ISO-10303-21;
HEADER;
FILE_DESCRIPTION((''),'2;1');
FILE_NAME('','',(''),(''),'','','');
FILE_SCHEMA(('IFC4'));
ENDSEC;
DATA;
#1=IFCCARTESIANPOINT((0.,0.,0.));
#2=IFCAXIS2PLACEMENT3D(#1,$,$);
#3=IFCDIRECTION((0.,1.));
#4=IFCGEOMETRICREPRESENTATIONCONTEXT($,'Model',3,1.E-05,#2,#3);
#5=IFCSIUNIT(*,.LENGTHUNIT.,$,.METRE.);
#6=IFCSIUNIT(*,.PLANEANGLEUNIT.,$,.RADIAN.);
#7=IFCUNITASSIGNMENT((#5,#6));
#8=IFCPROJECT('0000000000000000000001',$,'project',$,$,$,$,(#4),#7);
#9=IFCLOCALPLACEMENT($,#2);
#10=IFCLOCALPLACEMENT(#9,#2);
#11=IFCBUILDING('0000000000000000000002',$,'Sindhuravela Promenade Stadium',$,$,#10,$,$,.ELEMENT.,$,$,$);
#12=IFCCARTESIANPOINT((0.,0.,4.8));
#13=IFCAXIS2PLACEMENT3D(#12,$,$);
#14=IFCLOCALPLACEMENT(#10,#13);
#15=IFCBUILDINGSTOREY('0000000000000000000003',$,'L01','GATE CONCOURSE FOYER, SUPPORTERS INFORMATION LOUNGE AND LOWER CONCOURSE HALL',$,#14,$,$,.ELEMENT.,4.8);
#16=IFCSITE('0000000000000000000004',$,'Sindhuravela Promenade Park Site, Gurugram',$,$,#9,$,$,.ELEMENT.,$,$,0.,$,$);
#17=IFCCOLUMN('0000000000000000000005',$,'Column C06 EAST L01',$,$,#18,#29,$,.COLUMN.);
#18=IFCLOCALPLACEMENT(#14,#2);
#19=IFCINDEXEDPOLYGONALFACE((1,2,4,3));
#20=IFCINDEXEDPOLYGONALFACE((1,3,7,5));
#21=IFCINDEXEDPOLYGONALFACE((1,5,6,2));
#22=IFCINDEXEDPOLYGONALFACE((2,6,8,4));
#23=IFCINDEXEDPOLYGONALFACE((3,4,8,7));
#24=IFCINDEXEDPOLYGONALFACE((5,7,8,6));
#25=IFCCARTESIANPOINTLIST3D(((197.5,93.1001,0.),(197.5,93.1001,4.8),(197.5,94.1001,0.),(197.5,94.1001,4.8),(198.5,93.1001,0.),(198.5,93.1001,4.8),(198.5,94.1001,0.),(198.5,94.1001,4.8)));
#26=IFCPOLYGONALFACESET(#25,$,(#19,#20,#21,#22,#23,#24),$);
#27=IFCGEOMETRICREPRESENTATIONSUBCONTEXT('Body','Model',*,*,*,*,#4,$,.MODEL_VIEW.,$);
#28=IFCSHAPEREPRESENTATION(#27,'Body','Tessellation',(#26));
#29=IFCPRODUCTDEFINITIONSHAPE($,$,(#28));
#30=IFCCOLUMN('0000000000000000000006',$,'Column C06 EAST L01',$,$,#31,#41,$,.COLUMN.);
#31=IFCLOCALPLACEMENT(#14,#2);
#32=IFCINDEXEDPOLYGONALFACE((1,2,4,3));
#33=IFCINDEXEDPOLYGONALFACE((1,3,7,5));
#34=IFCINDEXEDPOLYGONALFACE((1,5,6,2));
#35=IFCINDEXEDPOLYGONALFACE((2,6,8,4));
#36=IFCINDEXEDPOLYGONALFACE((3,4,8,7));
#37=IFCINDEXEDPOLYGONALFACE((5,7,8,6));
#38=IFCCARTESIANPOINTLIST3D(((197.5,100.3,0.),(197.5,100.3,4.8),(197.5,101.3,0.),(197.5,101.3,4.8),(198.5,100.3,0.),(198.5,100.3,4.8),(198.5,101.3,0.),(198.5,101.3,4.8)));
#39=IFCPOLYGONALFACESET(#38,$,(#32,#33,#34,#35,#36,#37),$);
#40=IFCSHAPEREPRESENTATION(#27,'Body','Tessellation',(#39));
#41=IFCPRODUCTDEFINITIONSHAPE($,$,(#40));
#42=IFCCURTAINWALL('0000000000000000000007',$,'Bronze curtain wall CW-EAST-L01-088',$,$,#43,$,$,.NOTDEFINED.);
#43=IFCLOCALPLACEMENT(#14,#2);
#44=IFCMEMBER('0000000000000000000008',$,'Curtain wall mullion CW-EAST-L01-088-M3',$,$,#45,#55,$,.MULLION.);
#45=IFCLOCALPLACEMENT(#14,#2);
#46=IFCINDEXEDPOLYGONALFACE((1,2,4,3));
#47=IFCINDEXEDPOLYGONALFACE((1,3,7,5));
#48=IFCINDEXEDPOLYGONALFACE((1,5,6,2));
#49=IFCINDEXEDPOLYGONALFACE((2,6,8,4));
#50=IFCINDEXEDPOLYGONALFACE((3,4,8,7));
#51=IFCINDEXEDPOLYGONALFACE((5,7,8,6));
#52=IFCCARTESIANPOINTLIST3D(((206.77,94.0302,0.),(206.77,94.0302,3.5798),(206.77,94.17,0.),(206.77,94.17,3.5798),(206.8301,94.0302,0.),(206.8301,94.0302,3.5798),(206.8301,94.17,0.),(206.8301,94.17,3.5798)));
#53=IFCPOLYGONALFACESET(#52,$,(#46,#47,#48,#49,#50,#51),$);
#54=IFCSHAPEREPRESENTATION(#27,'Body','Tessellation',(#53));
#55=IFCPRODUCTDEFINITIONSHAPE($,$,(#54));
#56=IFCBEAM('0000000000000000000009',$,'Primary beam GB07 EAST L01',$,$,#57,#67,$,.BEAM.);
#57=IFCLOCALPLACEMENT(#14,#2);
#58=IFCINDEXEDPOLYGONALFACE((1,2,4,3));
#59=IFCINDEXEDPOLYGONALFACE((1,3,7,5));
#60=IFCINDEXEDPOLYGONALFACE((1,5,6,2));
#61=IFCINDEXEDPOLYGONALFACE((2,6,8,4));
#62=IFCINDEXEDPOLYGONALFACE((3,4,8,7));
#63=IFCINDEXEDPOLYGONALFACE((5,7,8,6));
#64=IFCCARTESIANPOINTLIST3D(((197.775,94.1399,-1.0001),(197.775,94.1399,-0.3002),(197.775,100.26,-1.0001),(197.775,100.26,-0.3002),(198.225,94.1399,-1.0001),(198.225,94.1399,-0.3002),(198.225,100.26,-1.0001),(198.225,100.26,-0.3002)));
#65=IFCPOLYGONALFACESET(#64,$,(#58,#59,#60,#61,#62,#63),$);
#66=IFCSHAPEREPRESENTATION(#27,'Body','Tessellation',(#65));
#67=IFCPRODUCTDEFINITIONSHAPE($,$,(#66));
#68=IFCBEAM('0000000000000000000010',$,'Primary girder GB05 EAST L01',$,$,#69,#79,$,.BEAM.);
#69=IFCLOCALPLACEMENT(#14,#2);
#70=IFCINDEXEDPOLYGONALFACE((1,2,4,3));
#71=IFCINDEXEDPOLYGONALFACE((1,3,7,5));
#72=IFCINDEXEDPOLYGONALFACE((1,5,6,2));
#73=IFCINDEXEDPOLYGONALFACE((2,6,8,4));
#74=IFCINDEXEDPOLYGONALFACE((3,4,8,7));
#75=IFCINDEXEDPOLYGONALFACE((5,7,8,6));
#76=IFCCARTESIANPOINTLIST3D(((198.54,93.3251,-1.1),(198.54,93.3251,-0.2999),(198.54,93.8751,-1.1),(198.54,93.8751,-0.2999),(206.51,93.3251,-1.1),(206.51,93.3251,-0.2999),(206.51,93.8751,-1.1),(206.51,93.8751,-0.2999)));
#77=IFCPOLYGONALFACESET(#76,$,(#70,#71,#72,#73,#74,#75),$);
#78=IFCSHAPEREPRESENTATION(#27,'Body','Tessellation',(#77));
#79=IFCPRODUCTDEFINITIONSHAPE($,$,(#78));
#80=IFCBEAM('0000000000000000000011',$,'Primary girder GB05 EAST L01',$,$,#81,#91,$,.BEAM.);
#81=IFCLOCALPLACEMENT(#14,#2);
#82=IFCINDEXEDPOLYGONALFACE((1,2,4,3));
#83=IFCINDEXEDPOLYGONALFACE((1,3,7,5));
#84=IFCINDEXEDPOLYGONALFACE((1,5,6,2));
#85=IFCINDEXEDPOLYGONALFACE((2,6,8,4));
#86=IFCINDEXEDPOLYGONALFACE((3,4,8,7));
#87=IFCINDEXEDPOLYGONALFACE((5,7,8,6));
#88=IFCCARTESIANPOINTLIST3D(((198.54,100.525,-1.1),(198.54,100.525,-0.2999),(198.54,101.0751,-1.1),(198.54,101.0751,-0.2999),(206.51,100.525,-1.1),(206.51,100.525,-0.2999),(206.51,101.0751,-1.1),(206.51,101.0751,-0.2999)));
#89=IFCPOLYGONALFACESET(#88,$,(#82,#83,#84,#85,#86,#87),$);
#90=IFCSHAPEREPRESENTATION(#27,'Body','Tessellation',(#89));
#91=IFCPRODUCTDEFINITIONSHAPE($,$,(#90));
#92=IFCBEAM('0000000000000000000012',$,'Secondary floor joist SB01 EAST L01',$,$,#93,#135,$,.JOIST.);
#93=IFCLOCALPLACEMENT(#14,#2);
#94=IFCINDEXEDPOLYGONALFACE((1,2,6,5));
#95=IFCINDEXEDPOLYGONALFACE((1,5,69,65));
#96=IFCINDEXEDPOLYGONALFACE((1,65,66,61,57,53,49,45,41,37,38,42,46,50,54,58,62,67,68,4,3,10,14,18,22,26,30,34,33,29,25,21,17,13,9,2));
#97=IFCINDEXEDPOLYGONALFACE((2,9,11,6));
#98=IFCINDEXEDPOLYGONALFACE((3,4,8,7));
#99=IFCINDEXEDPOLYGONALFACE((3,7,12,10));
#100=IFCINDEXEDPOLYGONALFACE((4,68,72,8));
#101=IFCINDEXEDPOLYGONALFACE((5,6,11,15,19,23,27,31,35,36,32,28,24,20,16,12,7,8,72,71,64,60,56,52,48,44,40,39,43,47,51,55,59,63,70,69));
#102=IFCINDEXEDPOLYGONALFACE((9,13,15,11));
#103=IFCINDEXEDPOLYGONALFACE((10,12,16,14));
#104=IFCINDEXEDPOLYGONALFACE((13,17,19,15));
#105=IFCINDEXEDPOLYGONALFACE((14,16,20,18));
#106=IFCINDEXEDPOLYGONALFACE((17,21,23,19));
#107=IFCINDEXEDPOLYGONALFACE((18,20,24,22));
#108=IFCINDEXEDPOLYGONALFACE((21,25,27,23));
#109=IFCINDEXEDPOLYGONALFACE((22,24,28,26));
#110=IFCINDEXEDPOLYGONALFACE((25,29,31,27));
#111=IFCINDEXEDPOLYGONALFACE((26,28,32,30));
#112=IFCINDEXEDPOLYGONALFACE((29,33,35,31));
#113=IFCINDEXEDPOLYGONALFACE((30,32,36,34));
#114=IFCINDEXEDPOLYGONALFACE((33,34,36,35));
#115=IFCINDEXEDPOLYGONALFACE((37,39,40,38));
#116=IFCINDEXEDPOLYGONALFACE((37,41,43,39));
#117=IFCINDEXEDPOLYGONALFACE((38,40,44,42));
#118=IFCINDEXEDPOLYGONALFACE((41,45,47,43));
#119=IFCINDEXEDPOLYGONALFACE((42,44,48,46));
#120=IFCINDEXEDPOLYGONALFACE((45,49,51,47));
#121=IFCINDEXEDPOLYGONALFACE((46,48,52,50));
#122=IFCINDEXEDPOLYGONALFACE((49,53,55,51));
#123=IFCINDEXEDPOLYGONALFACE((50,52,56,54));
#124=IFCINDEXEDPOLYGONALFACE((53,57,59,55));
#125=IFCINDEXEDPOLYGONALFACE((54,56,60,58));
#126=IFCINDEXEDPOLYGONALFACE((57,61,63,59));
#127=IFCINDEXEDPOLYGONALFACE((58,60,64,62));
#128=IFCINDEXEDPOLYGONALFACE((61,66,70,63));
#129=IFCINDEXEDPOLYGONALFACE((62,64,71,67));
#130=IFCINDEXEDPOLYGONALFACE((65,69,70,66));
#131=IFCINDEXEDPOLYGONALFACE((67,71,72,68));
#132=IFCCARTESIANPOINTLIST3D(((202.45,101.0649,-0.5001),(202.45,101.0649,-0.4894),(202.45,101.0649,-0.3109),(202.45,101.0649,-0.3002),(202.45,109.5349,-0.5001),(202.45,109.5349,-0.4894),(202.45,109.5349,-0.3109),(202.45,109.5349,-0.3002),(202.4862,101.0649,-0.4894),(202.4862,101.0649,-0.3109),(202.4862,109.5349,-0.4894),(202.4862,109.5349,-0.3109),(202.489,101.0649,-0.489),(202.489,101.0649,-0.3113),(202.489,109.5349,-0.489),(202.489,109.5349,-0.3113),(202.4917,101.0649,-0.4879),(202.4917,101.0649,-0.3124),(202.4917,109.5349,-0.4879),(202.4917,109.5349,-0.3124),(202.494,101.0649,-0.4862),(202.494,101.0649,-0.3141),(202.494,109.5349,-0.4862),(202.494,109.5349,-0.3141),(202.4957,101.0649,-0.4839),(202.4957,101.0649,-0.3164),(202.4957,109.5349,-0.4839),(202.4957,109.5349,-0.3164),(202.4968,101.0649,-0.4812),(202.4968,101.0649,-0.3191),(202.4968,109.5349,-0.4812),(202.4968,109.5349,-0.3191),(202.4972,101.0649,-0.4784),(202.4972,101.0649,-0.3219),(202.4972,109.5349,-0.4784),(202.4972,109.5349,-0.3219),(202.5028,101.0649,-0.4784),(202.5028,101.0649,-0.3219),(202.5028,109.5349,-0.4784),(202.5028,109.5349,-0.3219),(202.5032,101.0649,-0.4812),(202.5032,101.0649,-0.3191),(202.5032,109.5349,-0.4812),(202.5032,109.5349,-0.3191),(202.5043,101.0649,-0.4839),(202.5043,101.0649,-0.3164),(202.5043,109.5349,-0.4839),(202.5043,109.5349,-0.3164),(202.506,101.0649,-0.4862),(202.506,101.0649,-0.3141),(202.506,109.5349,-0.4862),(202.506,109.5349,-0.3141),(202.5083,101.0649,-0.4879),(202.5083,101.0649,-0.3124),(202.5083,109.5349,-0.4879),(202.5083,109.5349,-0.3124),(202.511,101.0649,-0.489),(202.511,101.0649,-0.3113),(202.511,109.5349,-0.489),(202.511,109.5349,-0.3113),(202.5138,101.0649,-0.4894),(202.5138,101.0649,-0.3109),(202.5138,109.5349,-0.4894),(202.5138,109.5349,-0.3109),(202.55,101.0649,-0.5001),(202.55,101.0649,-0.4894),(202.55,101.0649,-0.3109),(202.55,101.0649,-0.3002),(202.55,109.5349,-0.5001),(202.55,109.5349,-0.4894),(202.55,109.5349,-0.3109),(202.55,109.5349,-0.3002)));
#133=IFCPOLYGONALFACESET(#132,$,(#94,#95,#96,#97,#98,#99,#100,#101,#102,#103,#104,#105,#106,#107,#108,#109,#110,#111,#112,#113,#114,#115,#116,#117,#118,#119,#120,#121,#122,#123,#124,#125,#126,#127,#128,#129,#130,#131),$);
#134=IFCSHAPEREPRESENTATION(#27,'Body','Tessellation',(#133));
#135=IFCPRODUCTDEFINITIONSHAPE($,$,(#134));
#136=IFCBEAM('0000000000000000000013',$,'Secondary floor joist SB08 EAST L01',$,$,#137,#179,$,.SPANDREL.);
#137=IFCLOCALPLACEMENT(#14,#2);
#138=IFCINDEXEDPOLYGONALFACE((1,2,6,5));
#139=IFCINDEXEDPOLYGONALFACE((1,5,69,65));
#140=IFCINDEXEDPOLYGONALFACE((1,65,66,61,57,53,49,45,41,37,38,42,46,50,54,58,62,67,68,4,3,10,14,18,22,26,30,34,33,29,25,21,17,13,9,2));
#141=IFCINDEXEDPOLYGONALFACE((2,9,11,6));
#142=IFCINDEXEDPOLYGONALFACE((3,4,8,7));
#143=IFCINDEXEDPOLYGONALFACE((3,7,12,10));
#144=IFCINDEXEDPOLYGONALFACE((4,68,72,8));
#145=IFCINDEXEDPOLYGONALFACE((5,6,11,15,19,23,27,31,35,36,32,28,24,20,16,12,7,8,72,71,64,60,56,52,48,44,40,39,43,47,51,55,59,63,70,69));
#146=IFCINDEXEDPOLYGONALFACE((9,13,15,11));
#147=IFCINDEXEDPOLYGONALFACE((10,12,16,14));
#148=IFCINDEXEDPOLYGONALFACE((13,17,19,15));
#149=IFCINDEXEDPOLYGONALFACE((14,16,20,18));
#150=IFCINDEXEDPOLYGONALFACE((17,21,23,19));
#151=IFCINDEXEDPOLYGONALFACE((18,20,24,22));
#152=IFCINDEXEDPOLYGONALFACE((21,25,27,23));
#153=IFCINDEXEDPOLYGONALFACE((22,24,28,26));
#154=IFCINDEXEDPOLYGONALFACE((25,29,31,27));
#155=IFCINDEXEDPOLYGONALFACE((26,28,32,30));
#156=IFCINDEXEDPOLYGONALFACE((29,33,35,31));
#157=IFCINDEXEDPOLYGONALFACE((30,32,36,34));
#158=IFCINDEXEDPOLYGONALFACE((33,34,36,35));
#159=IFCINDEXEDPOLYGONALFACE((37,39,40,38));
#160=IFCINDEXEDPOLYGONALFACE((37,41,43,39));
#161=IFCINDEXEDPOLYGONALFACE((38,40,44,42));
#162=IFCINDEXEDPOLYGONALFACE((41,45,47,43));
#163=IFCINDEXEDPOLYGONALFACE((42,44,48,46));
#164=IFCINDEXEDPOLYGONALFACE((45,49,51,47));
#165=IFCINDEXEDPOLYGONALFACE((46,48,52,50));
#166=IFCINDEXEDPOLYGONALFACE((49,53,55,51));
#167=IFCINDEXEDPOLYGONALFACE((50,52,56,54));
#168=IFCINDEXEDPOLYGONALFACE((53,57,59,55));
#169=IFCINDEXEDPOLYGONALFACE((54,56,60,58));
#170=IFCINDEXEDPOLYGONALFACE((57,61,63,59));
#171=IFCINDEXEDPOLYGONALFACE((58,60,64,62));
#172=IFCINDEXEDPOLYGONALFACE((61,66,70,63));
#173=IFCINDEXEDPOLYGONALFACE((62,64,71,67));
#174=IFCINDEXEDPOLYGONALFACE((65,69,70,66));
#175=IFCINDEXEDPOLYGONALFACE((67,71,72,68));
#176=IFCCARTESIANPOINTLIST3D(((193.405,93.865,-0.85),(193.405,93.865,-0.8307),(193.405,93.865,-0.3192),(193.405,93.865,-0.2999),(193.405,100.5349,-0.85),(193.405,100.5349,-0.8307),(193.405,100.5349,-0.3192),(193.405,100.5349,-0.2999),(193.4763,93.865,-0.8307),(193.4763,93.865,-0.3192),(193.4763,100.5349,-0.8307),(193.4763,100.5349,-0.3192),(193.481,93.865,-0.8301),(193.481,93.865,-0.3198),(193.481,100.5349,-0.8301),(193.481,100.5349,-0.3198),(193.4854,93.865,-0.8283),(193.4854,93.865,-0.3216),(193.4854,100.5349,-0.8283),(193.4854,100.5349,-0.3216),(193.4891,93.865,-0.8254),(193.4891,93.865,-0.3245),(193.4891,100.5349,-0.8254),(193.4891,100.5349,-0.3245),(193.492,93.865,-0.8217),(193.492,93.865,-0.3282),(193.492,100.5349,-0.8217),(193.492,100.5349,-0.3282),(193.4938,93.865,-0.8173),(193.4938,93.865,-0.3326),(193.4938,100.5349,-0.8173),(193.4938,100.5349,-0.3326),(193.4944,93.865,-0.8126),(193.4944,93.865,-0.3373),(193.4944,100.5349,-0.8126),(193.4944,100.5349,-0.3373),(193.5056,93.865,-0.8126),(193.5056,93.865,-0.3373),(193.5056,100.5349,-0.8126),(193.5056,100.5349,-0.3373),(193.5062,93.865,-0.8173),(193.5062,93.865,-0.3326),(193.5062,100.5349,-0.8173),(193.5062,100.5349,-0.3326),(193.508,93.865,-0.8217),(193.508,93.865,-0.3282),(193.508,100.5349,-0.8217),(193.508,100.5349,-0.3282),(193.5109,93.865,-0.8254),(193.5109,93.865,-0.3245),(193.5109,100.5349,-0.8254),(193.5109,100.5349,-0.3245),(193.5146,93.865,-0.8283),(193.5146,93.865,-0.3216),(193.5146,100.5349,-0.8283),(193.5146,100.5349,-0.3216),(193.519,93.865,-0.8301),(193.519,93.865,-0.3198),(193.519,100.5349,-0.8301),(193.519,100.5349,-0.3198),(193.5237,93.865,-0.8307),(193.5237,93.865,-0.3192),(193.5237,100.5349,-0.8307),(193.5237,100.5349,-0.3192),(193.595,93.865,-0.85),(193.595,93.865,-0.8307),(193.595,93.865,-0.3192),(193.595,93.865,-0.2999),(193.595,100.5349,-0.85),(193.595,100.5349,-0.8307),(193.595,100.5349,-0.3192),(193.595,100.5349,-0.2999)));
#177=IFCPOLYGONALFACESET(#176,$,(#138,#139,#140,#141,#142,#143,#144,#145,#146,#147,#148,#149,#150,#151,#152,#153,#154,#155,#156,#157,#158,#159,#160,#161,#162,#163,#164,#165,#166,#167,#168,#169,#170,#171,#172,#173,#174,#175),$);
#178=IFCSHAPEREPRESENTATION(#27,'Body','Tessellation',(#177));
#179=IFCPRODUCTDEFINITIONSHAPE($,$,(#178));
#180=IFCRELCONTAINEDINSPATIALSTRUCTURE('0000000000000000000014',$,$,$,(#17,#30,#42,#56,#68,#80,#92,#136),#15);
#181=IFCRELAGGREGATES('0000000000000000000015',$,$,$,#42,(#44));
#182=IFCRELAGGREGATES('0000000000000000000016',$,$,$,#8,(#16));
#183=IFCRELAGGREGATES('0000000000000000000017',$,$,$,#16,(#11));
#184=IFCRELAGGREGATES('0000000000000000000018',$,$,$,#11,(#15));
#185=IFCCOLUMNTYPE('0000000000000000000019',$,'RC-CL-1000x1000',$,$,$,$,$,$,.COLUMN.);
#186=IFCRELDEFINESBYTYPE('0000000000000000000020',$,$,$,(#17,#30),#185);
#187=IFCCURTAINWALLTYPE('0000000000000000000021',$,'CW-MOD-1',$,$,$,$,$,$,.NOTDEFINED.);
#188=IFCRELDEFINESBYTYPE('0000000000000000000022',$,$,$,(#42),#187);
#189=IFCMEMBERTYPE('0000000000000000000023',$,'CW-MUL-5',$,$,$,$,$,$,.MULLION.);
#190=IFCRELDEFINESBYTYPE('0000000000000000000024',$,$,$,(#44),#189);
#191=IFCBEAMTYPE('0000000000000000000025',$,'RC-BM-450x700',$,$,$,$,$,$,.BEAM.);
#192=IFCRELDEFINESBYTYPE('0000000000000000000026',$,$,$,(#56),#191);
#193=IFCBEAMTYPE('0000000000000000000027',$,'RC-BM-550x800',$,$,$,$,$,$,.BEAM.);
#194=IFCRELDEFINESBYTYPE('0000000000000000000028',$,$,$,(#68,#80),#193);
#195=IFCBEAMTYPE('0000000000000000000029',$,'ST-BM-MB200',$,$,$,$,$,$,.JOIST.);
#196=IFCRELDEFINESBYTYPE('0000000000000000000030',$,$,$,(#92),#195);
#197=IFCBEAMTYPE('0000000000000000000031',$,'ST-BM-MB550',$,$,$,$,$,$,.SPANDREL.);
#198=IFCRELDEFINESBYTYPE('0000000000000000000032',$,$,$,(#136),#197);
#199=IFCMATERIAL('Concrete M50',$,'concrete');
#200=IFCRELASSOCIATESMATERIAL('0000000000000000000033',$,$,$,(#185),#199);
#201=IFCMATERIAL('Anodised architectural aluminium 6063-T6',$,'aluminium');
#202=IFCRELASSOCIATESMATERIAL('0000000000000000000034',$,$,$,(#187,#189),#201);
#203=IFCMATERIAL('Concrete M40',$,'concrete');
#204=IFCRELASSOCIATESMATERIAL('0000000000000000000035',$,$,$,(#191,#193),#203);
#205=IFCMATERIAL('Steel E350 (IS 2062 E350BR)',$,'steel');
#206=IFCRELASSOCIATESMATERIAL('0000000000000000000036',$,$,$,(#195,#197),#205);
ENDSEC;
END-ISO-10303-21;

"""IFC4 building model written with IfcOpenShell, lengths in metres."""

from ifc_helpers import new_model, si_unit, direction, frame, origin, origin_2d, place, context, subcontext, project, spatial, rectangle, i_section, extrude, material, material_profile, profile_set, type_object, element, aggregate, save


model = new_model("IFC4")

# Units and contexts
model_context = context("Model", 3, precision=1e-05, world=origin(), true_north=direction((0.0, 1.0)))
body_context = subcontext(model_context, "Body", "Model", "MODEL_VIEW")
ifc_project = project(units=[si_unit("LENGTHUNIT", "METRE"), si_unit("PLANEANGLEUNIT", "RADIAN")], contexts=[model_context])

# Site, building, storey
site_placement = place(None, origin())
site = spatial("IfcSite", under=ifc_project, at=site_placement, Name="Sindhuravela Promenade Park Site, Gurugram", CompositionType="ELEMENT", RefElevation=0.0)
building_placement = place(site_placement, origin())
building = spatial("IfcBuilding", under=site, at=building_placement, Name="Sindhuravela Promenade Stadium", CompositionType="ELEMENT")
storey_placement = place(building_placement, frame((0.0, 0.0, 4.8)))
storey = spatial("IfcBuildingStorey", under=building, at=storey_placement, Name="L01", Description="GATE CONCOURSE FOYER, SUPPORTERS INFORMATION LOUNGE AND LOWER CONCOURSE HALL", CompositionType="ELEMENT", Elevation=4.8)

# Columns
ifc_material_1 = material(Name="Concrete M50", Category="concrete")
ifc_material_profile_1 = material_profile(ifc_material_1, rectangle(XDim=1.0, YDim=1.0, at=origin_2d()), Name="RC 1000x1000")
ifc_profile_set_1 = profile_set([ifc_material_profile_1], Name="Concrete M50")
column_type = type_object("IfcColumnType", Name="RC-CL-1000x1000", PredefinedType="COLUMN", material=ifc_profile_set_1)
for number, where, z_axis, x_axis, name in (
    (1, (198.0, 93.6001, 0.0), (0.0, 0.0, 1.0), (1.0, 0.0, 0.0), "Column C06 EAST L01"),
    (2, (198.0, 100.8, 0.0), (0.0, 0.0, 1.0), (1.0, 0.0, 0.0), "Column C06 EAST L01"),
):
    element("IfcColumn", number, at=place(storey_placement, frame(where, z_axis=z_axis, x_axis=x_axis)), inside=storey, type_object=column_type, Name=name, PredefinedType="COLUMN", context=body_context, shape_type="SweptSolid", body=[
        extrude(rectangle(XDim=1.0, YDim=1.0, at=origin_2d()), origin(), (0.0, 0.0, 1.0), 4.8),
    ])

# Curtain wall, member
ifc_material_2 = material(Name="Anodised architectural aluminium 6063-T6", Category="aluminium")
curtain_wall_type = type_object("IfcCurtainWallType", Name="CW-MOD-1", PredefinedType="NOTDEFINED", material=ifc_material_2)
curtain_wall_placement = place(storey_placement, origin())
curtain_wall = element("IfcCurtainWall", 3, at=curtain_wall_placement, inside=storey, type_object=curtain_wall_type, Name="Bronze curtain wall CW-EAST-L01-088", PredefinedType="NOTDEFINED")
ifc_material_profile_2 = material_profile(ifc_material_2, rectangle(XDim=0.0601, YDim=0.1399, at=origin_2d()), Name="ALU M60x140")
ifc_profile_set_2 = profile_set([ifc_material_profile_2], Name="Anodised architectural aluminium 6063-T6")
member_type = type_object("IfcMemberType", Name="CW-MUL-5", PredefinedType="MULLION", material=ifc_profile_set_2)
member_placement = place(storey_placement, frame((206.8, 94.1001, 0.0), z_axis=(0.0, 0.0, 1.0), x_axis=(1.0, 0.0, 0.0)))
member = element("IfcMember", 4, at=member_placement, type_object=member_type, Name="Curtain wall mullion CW-EAST-L01-088-M3", PredefinedType="MULLION", context=body_context, shape_type="SweptSolid", body=[
    extrude(rectangle(XDim=0.0601, YDim=0.1399, at=origin_2d()), origin(), (0.0, 0.0, 1.0), 3.5798),
])
aggregate(curtain_wall, [member])

# Beams
ifc_material_3 = material(Name="Concrete M40", Category="concrete")
ifc_material_profile_3 = material_profile(ifc_material_3, rectangle(XDim=0.45, YDim=0.7, at=origin_2d()), Name="RC 450x700")
ifc_profile_set_3 = profile_set([ifc_material_profile_3], Name="Concrete M40")
beam_type_1 = type_object("IfcBeamType", Name="RC-BM-450x700", PredefinedType="BEAM", material=ifc_profile_set_3)
beam_1_placement = place(storey_placement, frame((198.0, 94.1399, -0.6501), z_axis=(0.0, 1.0, 0.0), x_axis=(-1.0, 0.0, 0.0)))
element("IfcBeam", 5, at=beam_1_placement, inside=storey, type_object=beam_type_1, Name="Primary beam GB07 EAST L01", PredefinedType="BEAM", context=body_context, shape_type="SweptSolid", body=[
    extrude(rectangle(XDim=0.45, YDim=0.7, at=origin_2d()), origin(), (0.0, 0.0, 1.0), 6.1201),
])
ifc_material_profile_4 = material_profile(ifc_material_3, rectangle(XDim=0.55, YDim=0.8, at=origin_2d()), Name="RC 550x800")
ifc_profile_set_4 = profile_set([ifc_material_profile_4], Name="Concrete M40")
beam_type_2 = type_object("IfcBeamType", Name="RC-BM-550x800", PredefinedType="BEAM", material=ifc_profile_set_4)
for number, where, z_axis, x_axis, name in (
    (6, (198.54, 93.6001, -0.7), (1.0, 0.0, 0.0), (0.0, 1.0, 0.0), "Primary girder GB05 EAST L01"),
    (7, (198.54, 100.8, -0.7), (1.0, 0.0, 0.0), (0.0, 1.0, 0.0), "Primary girder GB05 EAST L01"),
):
    element("IfcBeam", number, at=place(storey_placement, frame(where, z_axis=z_axis, x_axis=x_axis)), inside=storey, type_object=beam_type_2, Name=name, PredefinedType="BEAM", context=body_context, shape_type="SweptSolid", body=[
        extrude(rectangle(XDim=0.55, YDim=0.8, at=origin_2d()), origin(), (0.0, 0.0, 1.0), 7.97),
    ])
ifc_material_4 = material(Name="Steel E350 (IS 2062 E350BR)", Category="steel")
ifc_material_profile_5 = material_profile(ifc_material_4, i_section(OverallWidth=0.1001, OverallDepth=0.2, WebThickness=0.0056, FlangeThickness=0.0107, FilletRadius=0.011, at=origin_2d()), Name="ISMB 200")
ifc_profile_set_5 = profile_set([ifc_material_profile_5], Name="Steel E350 (IS 2062 E350BR)")
beam_type_3 = type_object("IfcBeamType", Name="ST-BM-MB200", PredefinedType="JOIST", material=ifc_profile_set_5)
beam_2_placement = place(storey_placement, frame((202.5, 101.0649, -0.4001), z_axis=(0.0, 1.0, 0.0), x_axis=(-1.0, 0.0, 0.0)))
element("IfcBeam", 8, at=beam_2_placement, inside=storey, type_object=beam_type_3, Name="Secondary floor joist SB01 EAST L01", PredefinedType="JOIST", context=body_context, shape_type="SweptSolid", body=[
    extrude(i_section(OverallWidth=0.1001, OverallDepth=0.2, WebThickness=0.0056, FlangeThickness=0.0107, FilletRadius=0.011, at=origin_2d()), origin(), (0.0, 0.0, 1.0), 8.47),
])
ifc_material_profile_6 = material_profile(ifc_material_4, i_section(OverallWidth=0.1899, OverallDepth=0.55, WebThickness=0.0112, FlangeThickness=0.0193, FilletRadius=0.0181, at=origin_2d()), Name="ISMB 550")
ifc_profile_set_6 = profile_set([ifc_material_profile_6], Name="Steel E350 (IS 2062 E350BR)")
beam_type_4 = type_object("IfcBeamType", Name="ST-BM-MB550", PredefinedType="SPANDREL", material=ifc_profile_set_6)
beam_3_placement = place(storey_placement, frame((193.5, 93.865, -0.575), z_axis=(0.0, 1.0, 0.0), x_axis=(-1.0, 0.0, 0.0)))
element("IfcBeam", 9, at=beam_3_placement, inside=storey, type_object=beam_type_4, Name="Secondary floor joist SB08 EAST L01", PredefinedType="SPANDREL", context=body_context, shape_type="SweptSolid", body=[
    extrude(i_section(OverallWidth=0.1899, OverallDepth=0.55, WebThickness=0.0112, FlangeThickness=0.0193, FilletRadius=0.0181, at=origin_2d()), origin(), (0.0, 0.0, 1.0), 6.6699),
])

save(model, "model.ifc")
